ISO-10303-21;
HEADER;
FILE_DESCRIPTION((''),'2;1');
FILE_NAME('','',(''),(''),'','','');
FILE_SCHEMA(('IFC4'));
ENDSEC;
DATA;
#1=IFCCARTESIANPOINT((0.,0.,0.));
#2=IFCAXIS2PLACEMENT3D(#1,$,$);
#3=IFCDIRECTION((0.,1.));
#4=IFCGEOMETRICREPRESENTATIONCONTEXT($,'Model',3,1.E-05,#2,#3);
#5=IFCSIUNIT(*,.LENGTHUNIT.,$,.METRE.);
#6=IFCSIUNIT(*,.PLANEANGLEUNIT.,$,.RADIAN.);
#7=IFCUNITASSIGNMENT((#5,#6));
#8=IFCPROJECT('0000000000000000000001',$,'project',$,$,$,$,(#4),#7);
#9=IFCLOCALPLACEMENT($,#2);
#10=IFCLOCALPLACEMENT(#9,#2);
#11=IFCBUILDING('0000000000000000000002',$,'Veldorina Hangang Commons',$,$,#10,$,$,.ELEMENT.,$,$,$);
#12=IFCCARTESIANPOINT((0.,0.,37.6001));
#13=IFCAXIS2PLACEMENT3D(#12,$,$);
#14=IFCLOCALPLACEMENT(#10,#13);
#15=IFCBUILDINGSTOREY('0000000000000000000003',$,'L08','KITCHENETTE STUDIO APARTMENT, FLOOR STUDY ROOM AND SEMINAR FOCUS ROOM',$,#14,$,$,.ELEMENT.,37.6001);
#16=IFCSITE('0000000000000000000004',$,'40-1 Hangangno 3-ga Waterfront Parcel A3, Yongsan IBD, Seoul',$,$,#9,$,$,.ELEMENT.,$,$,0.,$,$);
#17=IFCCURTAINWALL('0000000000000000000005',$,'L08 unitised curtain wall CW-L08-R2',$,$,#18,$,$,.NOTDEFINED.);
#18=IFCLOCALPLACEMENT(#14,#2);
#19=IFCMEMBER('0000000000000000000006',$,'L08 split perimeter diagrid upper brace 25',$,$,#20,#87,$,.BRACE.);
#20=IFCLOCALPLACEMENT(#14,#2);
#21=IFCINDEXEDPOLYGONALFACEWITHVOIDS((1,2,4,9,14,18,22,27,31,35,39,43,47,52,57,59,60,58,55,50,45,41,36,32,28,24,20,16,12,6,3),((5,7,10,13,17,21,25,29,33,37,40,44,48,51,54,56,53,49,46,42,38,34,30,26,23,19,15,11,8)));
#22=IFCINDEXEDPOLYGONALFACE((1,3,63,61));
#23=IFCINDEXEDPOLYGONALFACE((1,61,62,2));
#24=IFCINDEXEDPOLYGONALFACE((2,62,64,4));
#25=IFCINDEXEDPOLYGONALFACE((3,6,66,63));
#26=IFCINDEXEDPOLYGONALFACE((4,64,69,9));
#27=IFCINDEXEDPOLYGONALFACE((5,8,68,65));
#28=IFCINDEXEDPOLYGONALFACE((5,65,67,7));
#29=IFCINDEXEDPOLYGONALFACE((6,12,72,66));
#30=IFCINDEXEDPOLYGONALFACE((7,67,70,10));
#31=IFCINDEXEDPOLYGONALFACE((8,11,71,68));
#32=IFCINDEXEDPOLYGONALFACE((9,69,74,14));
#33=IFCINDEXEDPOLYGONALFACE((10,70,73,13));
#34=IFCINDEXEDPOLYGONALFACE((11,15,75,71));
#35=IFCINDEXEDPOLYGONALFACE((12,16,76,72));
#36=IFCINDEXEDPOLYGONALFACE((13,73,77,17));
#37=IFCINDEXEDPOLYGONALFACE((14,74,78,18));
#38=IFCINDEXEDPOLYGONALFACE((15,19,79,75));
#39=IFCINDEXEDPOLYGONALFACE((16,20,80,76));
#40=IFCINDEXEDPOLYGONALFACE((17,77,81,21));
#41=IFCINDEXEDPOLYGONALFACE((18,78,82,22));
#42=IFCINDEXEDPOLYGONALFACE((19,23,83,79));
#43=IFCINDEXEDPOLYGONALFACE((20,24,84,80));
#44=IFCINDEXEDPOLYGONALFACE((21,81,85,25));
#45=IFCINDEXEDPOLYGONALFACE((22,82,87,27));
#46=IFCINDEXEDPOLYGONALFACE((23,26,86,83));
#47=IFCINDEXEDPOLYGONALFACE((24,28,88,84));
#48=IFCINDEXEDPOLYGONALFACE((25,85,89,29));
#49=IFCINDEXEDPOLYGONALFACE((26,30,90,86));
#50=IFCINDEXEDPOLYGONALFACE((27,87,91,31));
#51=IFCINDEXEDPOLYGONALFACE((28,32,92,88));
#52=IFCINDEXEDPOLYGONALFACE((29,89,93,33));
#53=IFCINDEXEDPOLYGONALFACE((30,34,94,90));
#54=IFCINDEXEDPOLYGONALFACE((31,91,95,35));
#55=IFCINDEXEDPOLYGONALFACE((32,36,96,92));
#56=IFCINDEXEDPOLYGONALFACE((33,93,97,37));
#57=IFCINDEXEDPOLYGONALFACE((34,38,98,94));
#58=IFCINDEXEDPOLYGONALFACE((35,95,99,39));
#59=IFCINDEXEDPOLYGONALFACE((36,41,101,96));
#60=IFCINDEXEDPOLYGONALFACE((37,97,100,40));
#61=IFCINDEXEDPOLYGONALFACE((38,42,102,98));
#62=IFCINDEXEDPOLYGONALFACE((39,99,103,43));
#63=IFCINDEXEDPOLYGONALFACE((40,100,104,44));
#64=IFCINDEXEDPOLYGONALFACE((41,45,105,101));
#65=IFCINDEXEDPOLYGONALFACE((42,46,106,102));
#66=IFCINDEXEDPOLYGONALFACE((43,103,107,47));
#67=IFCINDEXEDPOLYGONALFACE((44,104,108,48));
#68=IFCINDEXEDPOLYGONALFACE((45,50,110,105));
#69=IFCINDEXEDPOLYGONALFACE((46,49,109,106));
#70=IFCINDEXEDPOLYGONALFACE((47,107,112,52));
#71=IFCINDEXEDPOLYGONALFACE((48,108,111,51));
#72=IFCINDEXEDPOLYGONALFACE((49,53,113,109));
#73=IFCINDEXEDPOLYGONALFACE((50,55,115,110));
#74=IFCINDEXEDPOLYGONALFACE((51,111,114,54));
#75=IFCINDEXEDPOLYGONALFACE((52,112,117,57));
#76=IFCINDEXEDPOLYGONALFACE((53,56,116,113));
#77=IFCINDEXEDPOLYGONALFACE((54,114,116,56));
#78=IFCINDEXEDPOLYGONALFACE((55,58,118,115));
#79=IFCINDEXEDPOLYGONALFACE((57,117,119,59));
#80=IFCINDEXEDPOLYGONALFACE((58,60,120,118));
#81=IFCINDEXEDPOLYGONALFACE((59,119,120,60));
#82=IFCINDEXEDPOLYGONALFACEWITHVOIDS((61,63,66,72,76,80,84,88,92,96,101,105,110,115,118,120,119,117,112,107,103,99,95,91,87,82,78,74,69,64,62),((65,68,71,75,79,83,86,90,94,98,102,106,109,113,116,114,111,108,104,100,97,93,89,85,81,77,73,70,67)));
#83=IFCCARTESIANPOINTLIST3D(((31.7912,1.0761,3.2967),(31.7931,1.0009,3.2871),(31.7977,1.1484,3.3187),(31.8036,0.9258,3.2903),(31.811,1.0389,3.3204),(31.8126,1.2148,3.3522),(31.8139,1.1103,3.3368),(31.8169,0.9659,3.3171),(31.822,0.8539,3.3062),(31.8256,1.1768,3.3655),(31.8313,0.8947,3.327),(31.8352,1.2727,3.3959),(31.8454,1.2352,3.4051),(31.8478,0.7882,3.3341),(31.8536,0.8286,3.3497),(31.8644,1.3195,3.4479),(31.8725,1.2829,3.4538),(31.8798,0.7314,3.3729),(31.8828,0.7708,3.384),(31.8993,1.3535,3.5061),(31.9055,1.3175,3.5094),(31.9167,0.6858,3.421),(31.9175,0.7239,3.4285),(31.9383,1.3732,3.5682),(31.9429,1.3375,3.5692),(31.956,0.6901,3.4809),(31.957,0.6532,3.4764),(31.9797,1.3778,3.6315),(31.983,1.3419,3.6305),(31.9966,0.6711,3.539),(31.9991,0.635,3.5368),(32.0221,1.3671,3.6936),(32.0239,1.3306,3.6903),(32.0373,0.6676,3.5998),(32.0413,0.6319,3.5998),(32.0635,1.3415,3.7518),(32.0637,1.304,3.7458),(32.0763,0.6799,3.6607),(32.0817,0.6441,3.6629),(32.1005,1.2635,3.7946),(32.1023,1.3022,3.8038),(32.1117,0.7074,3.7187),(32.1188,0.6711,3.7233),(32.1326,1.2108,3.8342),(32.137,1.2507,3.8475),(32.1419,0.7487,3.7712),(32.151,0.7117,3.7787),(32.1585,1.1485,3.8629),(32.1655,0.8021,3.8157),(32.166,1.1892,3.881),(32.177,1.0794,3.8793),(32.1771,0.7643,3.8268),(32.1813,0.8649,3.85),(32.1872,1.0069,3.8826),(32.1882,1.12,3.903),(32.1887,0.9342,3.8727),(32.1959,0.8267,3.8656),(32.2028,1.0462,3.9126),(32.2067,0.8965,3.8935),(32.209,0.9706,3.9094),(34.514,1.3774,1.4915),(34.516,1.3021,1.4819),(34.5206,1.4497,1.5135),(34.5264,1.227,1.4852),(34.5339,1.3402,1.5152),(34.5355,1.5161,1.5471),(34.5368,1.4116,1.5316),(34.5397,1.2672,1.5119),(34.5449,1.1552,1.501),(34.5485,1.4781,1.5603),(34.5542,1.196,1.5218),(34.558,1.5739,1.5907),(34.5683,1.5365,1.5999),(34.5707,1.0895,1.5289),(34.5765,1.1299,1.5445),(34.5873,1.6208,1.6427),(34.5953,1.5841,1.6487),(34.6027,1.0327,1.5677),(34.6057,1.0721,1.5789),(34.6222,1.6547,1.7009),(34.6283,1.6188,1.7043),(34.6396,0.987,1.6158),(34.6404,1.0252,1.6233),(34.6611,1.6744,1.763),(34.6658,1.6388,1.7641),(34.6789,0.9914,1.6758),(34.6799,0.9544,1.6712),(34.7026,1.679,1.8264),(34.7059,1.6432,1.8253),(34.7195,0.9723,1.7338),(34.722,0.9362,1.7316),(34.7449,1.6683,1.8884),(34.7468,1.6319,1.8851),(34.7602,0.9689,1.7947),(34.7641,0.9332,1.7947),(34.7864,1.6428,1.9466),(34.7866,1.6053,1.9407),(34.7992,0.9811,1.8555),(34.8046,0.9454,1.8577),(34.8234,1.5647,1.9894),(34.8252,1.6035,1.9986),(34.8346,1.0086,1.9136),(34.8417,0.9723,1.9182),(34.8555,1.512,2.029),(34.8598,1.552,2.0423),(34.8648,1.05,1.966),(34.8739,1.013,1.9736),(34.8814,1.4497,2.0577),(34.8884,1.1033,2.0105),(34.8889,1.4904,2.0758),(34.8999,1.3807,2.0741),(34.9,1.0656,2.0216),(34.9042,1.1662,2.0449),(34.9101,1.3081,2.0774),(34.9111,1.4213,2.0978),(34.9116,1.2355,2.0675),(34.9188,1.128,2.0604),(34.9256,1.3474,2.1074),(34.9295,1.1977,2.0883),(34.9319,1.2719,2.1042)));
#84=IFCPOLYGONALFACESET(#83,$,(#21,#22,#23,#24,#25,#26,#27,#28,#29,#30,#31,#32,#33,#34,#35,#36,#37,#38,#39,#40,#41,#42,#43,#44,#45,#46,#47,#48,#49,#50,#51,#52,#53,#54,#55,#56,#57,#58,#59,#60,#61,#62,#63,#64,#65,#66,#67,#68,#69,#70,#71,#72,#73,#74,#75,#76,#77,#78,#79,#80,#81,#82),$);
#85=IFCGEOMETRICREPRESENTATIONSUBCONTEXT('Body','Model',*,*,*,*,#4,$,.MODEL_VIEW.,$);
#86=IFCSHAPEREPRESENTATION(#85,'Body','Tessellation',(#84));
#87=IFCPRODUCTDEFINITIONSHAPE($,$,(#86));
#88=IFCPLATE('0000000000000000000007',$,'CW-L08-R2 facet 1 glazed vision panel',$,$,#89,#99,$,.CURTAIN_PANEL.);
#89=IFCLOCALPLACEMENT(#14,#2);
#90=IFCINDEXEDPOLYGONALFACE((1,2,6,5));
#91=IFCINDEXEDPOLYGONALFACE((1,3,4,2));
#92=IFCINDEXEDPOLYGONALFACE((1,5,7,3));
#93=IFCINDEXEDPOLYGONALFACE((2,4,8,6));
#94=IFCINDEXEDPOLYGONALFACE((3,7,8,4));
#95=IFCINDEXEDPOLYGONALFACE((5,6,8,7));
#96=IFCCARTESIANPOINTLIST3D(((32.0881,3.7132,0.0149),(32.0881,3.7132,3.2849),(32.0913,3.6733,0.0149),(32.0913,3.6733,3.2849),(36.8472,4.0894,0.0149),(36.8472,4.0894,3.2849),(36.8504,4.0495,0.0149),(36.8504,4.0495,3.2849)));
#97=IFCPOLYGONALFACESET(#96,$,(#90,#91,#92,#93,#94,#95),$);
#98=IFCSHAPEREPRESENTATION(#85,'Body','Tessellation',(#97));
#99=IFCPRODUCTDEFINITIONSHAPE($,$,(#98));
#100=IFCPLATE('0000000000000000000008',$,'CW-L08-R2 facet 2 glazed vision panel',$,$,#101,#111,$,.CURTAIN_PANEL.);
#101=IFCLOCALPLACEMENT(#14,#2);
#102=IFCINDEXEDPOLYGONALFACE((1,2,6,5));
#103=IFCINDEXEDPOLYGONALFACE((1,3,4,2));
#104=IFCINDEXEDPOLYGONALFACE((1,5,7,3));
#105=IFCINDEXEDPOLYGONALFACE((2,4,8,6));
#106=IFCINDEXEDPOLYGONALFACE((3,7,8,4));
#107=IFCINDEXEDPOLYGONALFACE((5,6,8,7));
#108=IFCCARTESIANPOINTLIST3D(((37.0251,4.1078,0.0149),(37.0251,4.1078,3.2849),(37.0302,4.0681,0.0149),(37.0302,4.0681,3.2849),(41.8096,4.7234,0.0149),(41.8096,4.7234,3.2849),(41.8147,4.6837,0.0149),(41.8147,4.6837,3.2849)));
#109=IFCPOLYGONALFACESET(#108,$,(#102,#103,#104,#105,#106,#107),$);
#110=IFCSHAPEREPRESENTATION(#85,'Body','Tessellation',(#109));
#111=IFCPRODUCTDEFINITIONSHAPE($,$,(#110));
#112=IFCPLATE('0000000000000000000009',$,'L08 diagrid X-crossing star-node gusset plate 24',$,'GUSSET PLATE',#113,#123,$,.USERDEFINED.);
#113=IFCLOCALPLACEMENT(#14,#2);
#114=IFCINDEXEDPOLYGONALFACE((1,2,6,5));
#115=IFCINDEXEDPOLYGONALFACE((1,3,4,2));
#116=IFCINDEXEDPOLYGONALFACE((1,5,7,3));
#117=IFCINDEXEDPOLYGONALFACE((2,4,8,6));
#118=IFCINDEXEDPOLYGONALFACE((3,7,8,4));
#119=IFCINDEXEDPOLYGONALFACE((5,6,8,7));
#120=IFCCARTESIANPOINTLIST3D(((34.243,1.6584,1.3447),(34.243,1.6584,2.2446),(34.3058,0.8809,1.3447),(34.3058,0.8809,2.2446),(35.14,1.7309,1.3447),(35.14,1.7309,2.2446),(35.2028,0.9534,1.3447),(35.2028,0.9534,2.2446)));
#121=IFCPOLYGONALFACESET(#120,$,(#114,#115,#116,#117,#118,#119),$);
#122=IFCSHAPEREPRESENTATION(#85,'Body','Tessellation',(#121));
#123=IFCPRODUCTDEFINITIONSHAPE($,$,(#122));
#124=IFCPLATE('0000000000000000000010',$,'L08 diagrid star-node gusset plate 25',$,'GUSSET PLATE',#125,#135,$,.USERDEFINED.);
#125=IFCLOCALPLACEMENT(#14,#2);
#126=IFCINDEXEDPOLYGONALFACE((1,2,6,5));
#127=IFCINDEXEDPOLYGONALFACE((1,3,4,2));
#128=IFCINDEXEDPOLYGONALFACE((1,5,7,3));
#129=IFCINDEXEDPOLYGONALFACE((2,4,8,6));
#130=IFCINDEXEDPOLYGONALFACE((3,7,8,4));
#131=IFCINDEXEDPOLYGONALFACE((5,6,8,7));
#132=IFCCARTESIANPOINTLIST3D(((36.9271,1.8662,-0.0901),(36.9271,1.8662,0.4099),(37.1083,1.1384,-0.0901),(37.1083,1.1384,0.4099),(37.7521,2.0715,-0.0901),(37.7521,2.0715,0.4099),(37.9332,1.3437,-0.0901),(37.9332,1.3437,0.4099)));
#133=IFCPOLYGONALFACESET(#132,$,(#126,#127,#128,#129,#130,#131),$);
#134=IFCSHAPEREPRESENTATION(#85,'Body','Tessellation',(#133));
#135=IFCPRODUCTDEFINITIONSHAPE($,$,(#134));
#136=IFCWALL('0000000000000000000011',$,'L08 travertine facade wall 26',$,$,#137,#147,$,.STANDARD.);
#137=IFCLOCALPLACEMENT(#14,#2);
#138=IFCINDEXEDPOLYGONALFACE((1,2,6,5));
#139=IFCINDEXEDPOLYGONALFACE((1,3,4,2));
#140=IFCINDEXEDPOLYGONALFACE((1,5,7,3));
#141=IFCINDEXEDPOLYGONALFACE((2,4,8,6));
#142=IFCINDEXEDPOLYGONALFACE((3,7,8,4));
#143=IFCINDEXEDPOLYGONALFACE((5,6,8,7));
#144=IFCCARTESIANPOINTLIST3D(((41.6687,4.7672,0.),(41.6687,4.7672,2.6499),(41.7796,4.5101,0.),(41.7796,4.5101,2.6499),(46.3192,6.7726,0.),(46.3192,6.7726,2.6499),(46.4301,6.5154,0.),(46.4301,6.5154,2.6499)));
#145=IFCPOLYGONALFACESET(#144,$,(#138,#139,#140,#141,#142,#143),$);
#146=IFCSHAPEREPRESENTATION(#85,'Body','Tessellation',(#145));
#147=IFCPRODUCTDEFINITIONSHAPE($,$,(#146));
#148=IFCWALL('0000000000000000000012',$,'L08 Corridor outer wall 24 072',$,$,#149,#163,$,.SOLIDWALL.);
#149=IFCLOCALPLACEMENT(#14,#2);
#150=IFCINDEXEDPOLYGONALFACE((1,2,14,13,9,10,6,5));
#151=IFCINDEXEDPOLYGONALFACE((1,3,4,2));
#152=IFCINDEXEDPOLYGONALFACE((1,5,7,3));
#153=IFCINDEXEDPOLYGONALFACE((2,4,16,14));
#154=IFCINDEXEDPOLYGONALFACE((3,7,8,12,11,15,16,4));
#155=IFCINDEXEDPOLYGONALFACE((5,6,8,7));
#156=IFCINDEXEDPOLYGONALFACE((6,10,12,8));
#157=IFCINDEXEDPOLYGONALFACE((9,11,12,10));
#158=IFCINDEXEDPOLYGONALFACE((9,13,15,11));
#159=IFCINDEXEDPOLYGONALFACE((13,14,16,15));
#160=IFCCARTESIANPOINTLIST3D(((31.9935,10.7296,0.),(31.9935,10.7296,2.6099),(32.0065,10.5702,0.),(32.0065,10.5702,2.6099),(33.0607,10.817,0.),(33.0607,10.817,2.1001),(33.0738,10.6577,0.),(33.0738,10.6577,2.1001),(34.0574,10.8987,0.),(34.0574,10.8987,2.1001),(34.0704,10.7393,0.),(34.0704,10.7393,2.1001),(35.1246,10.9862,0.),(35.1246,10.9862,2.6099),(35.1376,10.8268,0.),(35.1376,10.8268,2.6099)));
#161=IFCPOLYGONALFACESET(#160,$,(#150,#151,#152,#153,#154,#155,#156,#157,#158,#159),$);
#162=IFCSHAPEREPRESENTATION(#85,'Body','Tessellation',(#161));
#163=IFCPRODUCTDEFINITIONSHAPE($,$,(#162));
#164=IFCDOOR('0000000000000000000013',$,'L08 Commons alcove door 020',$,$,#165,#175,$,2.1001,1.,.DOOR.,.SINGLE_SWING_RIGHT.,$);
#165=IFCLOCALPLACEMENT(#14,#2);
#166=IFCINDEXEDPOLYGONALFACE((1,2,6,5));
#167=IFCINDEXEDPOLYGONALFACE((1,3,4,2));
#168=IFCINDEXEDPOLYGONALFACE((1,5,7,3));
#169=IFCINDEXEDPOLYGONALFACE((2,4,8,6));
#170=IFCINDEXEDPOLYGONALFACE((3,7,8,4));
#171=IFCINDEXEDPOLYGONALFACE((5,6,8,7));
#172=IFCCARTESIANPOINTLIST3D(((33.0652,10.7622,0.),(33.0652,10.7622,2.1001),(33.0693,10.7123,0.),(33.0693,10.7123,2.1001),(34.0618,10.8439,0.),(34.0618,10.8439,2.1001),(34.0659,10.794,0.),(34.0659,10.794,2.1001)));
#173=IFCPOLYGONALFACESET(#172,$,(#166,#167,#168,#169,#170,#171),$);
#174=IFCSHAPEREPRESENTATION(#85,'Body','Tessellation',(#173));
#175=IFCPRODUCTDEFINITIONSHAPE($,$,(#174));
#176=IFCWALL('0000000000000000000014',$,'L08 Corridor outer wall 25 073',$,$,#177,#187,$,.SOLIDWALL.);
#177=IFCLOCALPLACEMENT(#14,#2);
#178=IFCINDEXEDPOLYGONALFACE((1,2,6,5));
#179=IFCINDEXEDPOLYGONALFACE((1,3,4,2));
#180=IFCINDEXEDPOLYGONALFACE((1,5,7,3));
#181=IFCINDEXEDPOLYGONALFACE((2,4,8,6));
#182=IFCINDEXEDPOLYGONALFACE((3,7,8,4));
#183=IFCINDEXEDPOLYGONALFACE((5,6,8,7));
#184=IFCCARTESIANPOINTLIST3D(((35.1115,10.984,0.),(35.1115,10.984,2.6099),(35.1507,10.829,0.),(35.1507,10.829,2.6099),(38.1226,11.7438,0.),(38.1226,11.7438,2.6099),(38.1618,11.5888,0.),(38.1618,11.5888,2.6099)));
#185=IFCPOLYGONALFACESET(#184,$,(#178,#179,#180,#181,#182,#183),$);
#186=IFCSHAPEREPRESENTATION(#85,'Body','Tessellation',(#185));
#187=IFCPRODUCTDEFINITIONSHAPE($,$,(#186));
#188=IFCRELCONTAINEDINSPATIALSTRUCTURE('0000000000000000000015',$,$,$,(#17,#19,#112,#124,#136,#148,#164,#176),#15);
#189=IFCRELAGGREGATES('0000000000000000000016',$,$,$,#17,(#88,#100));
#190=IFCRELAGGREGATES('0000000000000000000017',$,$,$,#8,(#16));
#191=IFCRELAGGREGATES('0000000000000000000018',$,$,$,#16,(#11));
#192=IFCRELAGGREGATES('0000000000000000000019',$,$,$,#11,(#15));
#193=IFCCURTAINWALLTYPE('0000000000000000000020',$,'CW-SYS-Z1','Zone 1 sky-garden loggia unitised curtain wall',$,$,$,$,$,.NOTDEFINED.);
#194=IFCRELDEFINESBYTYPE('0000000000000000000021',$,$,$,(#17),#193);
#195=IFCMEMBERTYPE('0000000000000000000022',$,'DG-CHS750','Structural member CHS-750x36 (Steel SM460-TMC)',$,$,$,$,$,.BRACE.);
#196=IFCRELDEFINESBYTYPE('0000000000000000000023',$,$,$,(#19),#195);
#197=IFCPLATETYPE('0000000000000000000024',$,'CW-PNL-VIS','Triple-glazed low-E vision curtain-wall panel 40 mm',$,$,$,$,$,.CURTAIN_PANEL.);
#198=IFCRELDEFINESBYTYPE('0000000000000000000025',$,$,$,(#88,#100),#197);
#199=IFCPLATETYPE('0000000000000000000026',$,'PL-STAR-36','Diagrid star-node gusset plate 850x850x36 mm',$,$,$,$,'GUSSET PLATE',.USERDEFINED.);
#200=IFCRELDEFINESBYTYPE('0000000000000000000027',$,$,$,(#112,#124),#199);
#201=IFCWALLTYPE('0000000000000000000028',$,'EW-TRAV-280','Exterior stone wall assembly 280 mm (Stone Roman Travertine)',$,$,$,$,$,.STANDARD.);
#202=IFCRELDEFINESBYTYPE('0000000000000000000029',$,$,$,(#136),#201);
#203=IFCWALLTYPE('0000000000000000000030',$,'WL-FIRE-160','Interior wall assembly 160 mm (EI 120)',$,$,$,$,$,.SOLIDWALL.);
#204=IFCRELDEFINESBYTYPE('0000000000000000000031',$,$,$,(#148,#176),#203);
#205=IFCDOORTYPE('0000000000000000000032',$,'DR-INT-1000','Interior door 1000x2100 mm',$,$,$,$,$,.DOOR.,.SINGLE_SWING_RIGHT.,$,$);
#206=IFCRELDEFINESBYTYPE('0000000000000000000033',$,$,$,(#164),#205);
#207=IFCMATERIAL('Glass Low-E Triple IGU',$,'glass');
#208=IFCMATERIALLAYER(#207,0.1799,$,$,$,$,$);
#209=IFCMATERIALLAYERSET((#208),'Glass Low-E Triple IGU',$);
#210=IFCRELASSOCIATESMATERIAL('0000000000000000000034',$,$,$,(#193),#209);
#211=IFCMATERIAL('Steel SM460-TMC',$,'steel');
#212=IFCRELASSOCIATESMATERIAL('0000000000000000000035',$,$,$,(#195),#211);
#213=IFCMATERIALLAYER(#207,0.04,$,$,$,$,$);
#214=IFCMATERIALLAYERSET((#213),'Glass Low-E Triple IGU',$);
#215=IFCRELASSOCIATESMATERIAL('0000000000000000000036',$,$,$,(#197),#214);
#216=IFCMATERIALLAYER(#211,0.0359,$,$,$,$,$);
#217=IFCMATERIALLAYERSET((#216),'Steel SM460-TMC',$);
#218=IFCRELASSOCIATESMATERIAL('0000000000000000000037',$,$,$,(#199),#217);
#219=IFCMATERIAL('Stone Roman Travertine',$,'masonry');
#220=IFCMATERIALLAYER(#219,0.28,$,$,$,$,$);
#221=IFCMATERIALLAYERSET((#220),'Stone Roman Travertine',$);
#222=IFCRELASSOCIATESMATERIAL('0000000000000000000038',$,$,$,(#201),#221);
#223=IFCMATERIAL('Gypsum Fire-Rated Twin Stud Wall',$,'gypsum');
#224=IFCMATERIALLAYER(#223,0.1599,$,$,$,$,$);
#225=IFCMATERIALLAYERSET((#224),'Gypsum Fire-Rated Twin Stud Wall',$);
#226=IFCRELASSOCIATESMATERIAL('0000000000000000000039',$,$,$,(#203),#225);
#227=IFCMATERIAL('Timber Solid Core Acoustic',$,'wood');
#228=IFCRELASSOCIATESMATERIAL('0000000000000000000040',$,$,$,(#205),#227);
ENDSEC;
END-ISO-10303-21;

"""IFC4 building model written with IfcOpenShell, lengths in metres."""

from ifc_helpers import new_model, si_unit, direction, frame, frame_2d, origin, origin_2d, place, context, subcontext, project, spatial, rectangle, hollow_circle, extrude, material, layer, layer_set, material_profile, profile_set, type_object, element, fill, aggregate, save


model = new_model("IFC4")

# Units and contexts
model_context = context("Model", 3, precision=1e-05, world=origin(), true_north=direction((0.0, 1.0)))
body_context = subcontext(model_context, "Body", "Model", "MODEL_VIEW")
ifc_project = project(units=[si_unit("LENGTHUNIT", "METRE"), si_unit("PLANEANGLEUNIT", "RADIAN")], contexts=[model_context])

# Site, building, storey
site_placement = place(None, origin())
site = spatial("IfcSite", under=ifc_project, at=site_placement, Name="40-1 Hangangno 3-ga Waterfront Parcel A3, Yongsan IBD, Seoul", CompositionType="ELEMENT", RefElevation=0.0)
building_placement = place(site_placement, origin())
building = spatial("IfcBuilding", under=site, at=building_placement, Name="Veldorina Hangang Commons", CompositionType="ELEMENT")
storey_placement = place(building_placement, frame((0.0, 0.0, 37.6001)))
storey = spatial("IfcBuildingStorey", under=building, at=storey_placement, Name="L08", Description="KITCHENETTE STUDIO APARTMENT, FLOOR STUDY ROOM AND SEMINAR FOCUS ROOM", CompositionType="ELEMENT", Elevation=37.6001)

# Shared definitions
ifc_material_1 = material(Name="Steel SM460-TMC", Category="steel")

# Curtain wall
ifc_material_2 = material(Name="Glass Low-E Triple IGU", Category="glass")
ifc_layer_1 = layer(ifc_material_2, 0.1799)
ifc_layer_set_1 = layer_set([ifc_layer_1], Name="Glass Low-E Triple IGU")
curtain_wall_type = type_object("IfcCurtainWallType", Name="CW-SYS-Z1", Description="Zone 1 sky-garden loggia unitised curtain wall", PredefinedType="NOTDEFINED", material=ifc_layer_set_1)
curtain_wall_placement = place(storey_placement, origin())
curtain_wall = element("IfcCurtainWall", 1, at=curtain_wall_placement, inside=storey, type_object=curtain_wall_type, Name="L08 unitised curtain wall CW-L08-R2", PredefinedType="NOTDEFINED")

# Member
ifc_material_profile_1 = material_profile(ifc_material_1, hollow_circle(Radius=0.375, WallThickness=0.0359, at=origin_2d()), Name="CHS-750x36")
ifc_profile_set_1 = profile_set([ifc_material_profile_1], Name="Steel SM460-TMC")
member_type_1 = type_object("IfcMemberType", Name="DG-CHS750", Description="Structural member CHS-750x36 (Steel SM460-TMC)", PredefinedType="BRACE", material=ifc_profile_set_1)
member_1_placement = place(storey_placement, frame((34.7229, 1.3059, 1.7947), z_axis=(-0.829952, -0.091828, 0.550225), x_axis=(0.109972, -0.993935, 0.0)))
element("IfcMember", 2, at=member_1_placement, inside=storey, type_object=member_type_1, Name="L08 split perimeter diagrid upper brace 25", PredefinedType="BRACE", context=body_context, shape_type="SweptSolid", body=[
    extrude(hollow_circle(Radius=0.375, WallThickness=0.0359, at=origin_2d()), origin(), (0.0, 0.0, 1.0), 3.2808),
])

# Plates
ifc_layer_2 = layer(ifc_material_2, 0.04)
ifc_layer_set_2 = layer_set([ifc_layer_2], Name="Glass Low-E Triple IGU")
plate_type_1 = type_object("IfcPlateType", Name="CW-PNL-VIS", Description="Triple-glazed low-E vision curtain-wall panel 40 mm", PredefinedType="CURTAIN_PANEL", material=ifc_layer_set_2)
plate_1_placement = place(storey_placement, frame((34.4692, 3.8813, 0.0149), z_axis=(0.0, 0.0, 1.0), x_axis=(0.996891, 0.07879, 0.0)))
plate_1 = element("IfcPlate", 3, at=plate_1_placement, type_object=plate_type_1, Name="CW-L08-R2 facet 1 glazed vision panel", PredefinedType="CURTAIN_PANEL", context=body_context, shape_type="SweptSolid", body=[
    extrude(rectangle(XDim=4.7739, YDim=0.04, at=origin_2d()), origin(), (0.0, 0.0, 1.0), 3.27),
])
plate_2_placement = place(storey_placement, frame((39.4199, 4.3958, 0.0149), z_axis=(0.0, 0.0, 1.0), x_axis=(0.991823, 0.127619, 0.0)))
plate_2 = element("IfcPlate", 4, at=plate_2_placement, type_object=plate_type_1, Name="CW-L08-R2 facet 2 glazed vision panel", PredefinedType="CURTAIN_PANEL", context=body_context, shape_type="SweptSolid", body=[
    extrude(rectangle(XDim=4.824, YDim=0.04, at=origin_2d()), origin(), (0.0, 0.0, 1.0), 3.27),
])
aggregate(curtain_wall, [plate_1, plate_2])

# Plates
ifc_layer_3 = layer(ifc_material_1, 0.0359)
ifc_layer_set_3 = layer_set([ifc_layer_3], Name="Steel SM460-TMC")
plate_type_2 = type_object("IfcPlateType", Name="PL-STAR-36", Description="Diagrid star-node gusset plate 850x850x36 mm", ElementType="GUSSET PLATE", PredefinedType="USERDEFINED", material=ifc_layer_set_3)
plate_3_placement = place(storey_placement, frame((34.7229, 1.3059, 1.3447), z_axis=(0.0, 0.0, 1.0), x_axis=(0.996752, 0.080529, 0.0)))
element("IfcPlate", 5, at=plate_3_placement, inside=storey, type_object=plate_type_2, Name="L08 diagrid X-crossing star-node gusset plate 24", ObjectType="GUSSET PLATE", PredefinedType="USERDEFINED", context=body_context, shape_type="SweptSolid", body=[
    extrude(rectangle(XDim=0.8999, YDim=0.78, at=origin_2d()), origin(), (0.0, 0.0, 1.0), 0.8999),
])
plate_4_placement = place(storey_placement, frame((37.4302, 1.605, -0.0901), z_axis=(0.0, 0.0, 1.0), x_axis=(0.970401, 0.241499, 0.0)))
element("IfcPlate", 6, at=plate_4_placement, inside=storey, type_object=plate_type_2, Name="L08 diagrid star-node gusset plate 25", ObjectType="GUSSET PLATE", PredefinedType="USERDEFINED", context=body_context, shape_type="SweptSolid", body=[
    extrude(rectangle(XDim=0.8501, YDim=0.75, at=origin_2d()), origin(), (0.0, 0.0, 1.0), 0.5),
])

# Wall
ifc_material_3 = material(Name="Stone Roman Travertine", Category="masonry")
ifc_layer_4 = layer(ifc_material_3, 0.28)
ifc_layer_set_4 = layer_set([ifc_layer_4], Name="Stone Roman Travertine")
wall_type_1 = type_object("IfcWallType", Name="EW-TRAV-280", Description="Exterior stone wall assembly 280 mm (Stone Roman Travertine)", PredefinedType="STANDARD", material=ifc_layer_set_4)
wall_1_placement = place(storey_placement, frame((41.7241, 4.6387, 0.0), z_axis=(0.0, 0.0, 1.0), x_axis=(0.918268, 0.39596, 0.0)))
element("IfcWall", 7, at=wall_1_placement, inside=storey, type_object=wall_type_1, Name="L08 travertine facade wall 26", PredefinedType="STANDARD", context=body_context, shape_type="SweptSolid", body=[
    extrude(rectangle(XDim=5.0645, YDim=0.28, at=frame_2d((2.5322, 0.0))), origin(), (0.0, 0.0, 1.0), 2.6499),
])

# Wall, opening, door
ifc_material_4 = material(Name="Gypsum Fire-Rated Twin Stud Wall", Category="gypsum")
ifc_layer_5 = layer(ifc_material_4, 0.1599)
ifc_layer_set_5 = layer_set([ifc_layer_5], Name="Gypsum Fire-Rated Twin Stud Wall")
wall_type_2 = type_object("IfcWallType", Name="WL-FIRE-160", Description="Interior wall assembly 160 mm (EI 120)", PredefinedType="SOLIDWALL", material=ifc_layer_set_5)
wall_2_placement = place(storey_placement, frame((32.0, 10.6499, 0.0), z_axis=(0.0, 0.0, 1.0), x_axis=(0.996659, 0.081676, 0.0)))
wall_2 = element("IfcWall", 8, at=wall_2_placement, inside=storey, type_object=wall_type_2, Name="L08 Corridor outer wall 24 072", PredefinedType="SOLIDWALL", context=body_context, shape_type="SweptSolid", body=[
    extrude(rectangle(XDim=3.1416, YDim=0.1599, at=frame_2d((1.5708, 0.0))), origin(), (0.0, 0.0, 1.0), 2.6099),
])
opening_1_placement = place(wall_2_placement, frame((1.0708, 0.0, 0.0)))
opening_1 = element("IfcOpeningElement", 9, at=opening_1_placement, cuts=wall_2, PredefinedType="OPENING", context=body_context, shape_type="SweptSolid", body=[
    extrude(rectangle(XDim=1.0, YDim=2.1001, at=frame_2d((0.5, 1.05))), frame((0.0, 0.0898, 0.0), z_axis=(0.0, -1.0, 0.0), x_axis=(1.0, 0.0, 0.0)), (0.0, 0.0, 1.0), 0.1799),
])
ifc_material_5 = material(Name="Timber Solid Core Acoustic", Category="wood")
door_type_1 = type_object("IfcDoorType", Name="DR-INT-1000", Description="Interior door 1000x2100 mm", OperationType="SINGLE_SWING_RIGHT", PredefinedType="DOOR", material=ifc_material_5)
door_1_placement = place(opening_1_placement, origin())
door_1 = element("IfcDoor", 10, at=door_1_placement, inside=storey, type_object=door_type_1, Name="L08 Commons alcove door 020", OperationType="SINGLE_SWING_RIGHT", OverallHeight=2.1001, OverallWidth=1.0, PredefinedType="DOOR", context=body_context, shape_type="SweptSolid", body=[
    extrude(rectangle(XDim=1.0, YDim=2.1001, at=frame_2d((0.5, 1.05))), frame((0.0, 0.0249, 0.0), z_axis=(0.0, -1.0, 0.0), x_axis=(1.0, 0.0, 0.0)), (0.0, 0.0, 1.0), 0.05),
])
fill(opening_1, door_1)

# Wall
wall_3_placement = place(storey_placement, frame((35.1311, 10.9065, 0.0), z_axis=(0.0, 0.0, 1.0), x_axis=(0.969608, 0.244662, 0.0)))
element("IfcWall", 11, at=wall_3_placement, inside=storey, type_object=wall_type_2, Name="L08 Corridor outer wall 25 073", PredefinedType="SOLIDWALL", context=body_context, shape_type="SweptSolid", body=[
    extrude(rectangle(XDim=3.1055, YDim=0.1599, at=frame_2d((1.5527, 0.0))), origin(), (0.0, 0.0, 1.0), 2.6099),
])

save(model, "model.ifc")
